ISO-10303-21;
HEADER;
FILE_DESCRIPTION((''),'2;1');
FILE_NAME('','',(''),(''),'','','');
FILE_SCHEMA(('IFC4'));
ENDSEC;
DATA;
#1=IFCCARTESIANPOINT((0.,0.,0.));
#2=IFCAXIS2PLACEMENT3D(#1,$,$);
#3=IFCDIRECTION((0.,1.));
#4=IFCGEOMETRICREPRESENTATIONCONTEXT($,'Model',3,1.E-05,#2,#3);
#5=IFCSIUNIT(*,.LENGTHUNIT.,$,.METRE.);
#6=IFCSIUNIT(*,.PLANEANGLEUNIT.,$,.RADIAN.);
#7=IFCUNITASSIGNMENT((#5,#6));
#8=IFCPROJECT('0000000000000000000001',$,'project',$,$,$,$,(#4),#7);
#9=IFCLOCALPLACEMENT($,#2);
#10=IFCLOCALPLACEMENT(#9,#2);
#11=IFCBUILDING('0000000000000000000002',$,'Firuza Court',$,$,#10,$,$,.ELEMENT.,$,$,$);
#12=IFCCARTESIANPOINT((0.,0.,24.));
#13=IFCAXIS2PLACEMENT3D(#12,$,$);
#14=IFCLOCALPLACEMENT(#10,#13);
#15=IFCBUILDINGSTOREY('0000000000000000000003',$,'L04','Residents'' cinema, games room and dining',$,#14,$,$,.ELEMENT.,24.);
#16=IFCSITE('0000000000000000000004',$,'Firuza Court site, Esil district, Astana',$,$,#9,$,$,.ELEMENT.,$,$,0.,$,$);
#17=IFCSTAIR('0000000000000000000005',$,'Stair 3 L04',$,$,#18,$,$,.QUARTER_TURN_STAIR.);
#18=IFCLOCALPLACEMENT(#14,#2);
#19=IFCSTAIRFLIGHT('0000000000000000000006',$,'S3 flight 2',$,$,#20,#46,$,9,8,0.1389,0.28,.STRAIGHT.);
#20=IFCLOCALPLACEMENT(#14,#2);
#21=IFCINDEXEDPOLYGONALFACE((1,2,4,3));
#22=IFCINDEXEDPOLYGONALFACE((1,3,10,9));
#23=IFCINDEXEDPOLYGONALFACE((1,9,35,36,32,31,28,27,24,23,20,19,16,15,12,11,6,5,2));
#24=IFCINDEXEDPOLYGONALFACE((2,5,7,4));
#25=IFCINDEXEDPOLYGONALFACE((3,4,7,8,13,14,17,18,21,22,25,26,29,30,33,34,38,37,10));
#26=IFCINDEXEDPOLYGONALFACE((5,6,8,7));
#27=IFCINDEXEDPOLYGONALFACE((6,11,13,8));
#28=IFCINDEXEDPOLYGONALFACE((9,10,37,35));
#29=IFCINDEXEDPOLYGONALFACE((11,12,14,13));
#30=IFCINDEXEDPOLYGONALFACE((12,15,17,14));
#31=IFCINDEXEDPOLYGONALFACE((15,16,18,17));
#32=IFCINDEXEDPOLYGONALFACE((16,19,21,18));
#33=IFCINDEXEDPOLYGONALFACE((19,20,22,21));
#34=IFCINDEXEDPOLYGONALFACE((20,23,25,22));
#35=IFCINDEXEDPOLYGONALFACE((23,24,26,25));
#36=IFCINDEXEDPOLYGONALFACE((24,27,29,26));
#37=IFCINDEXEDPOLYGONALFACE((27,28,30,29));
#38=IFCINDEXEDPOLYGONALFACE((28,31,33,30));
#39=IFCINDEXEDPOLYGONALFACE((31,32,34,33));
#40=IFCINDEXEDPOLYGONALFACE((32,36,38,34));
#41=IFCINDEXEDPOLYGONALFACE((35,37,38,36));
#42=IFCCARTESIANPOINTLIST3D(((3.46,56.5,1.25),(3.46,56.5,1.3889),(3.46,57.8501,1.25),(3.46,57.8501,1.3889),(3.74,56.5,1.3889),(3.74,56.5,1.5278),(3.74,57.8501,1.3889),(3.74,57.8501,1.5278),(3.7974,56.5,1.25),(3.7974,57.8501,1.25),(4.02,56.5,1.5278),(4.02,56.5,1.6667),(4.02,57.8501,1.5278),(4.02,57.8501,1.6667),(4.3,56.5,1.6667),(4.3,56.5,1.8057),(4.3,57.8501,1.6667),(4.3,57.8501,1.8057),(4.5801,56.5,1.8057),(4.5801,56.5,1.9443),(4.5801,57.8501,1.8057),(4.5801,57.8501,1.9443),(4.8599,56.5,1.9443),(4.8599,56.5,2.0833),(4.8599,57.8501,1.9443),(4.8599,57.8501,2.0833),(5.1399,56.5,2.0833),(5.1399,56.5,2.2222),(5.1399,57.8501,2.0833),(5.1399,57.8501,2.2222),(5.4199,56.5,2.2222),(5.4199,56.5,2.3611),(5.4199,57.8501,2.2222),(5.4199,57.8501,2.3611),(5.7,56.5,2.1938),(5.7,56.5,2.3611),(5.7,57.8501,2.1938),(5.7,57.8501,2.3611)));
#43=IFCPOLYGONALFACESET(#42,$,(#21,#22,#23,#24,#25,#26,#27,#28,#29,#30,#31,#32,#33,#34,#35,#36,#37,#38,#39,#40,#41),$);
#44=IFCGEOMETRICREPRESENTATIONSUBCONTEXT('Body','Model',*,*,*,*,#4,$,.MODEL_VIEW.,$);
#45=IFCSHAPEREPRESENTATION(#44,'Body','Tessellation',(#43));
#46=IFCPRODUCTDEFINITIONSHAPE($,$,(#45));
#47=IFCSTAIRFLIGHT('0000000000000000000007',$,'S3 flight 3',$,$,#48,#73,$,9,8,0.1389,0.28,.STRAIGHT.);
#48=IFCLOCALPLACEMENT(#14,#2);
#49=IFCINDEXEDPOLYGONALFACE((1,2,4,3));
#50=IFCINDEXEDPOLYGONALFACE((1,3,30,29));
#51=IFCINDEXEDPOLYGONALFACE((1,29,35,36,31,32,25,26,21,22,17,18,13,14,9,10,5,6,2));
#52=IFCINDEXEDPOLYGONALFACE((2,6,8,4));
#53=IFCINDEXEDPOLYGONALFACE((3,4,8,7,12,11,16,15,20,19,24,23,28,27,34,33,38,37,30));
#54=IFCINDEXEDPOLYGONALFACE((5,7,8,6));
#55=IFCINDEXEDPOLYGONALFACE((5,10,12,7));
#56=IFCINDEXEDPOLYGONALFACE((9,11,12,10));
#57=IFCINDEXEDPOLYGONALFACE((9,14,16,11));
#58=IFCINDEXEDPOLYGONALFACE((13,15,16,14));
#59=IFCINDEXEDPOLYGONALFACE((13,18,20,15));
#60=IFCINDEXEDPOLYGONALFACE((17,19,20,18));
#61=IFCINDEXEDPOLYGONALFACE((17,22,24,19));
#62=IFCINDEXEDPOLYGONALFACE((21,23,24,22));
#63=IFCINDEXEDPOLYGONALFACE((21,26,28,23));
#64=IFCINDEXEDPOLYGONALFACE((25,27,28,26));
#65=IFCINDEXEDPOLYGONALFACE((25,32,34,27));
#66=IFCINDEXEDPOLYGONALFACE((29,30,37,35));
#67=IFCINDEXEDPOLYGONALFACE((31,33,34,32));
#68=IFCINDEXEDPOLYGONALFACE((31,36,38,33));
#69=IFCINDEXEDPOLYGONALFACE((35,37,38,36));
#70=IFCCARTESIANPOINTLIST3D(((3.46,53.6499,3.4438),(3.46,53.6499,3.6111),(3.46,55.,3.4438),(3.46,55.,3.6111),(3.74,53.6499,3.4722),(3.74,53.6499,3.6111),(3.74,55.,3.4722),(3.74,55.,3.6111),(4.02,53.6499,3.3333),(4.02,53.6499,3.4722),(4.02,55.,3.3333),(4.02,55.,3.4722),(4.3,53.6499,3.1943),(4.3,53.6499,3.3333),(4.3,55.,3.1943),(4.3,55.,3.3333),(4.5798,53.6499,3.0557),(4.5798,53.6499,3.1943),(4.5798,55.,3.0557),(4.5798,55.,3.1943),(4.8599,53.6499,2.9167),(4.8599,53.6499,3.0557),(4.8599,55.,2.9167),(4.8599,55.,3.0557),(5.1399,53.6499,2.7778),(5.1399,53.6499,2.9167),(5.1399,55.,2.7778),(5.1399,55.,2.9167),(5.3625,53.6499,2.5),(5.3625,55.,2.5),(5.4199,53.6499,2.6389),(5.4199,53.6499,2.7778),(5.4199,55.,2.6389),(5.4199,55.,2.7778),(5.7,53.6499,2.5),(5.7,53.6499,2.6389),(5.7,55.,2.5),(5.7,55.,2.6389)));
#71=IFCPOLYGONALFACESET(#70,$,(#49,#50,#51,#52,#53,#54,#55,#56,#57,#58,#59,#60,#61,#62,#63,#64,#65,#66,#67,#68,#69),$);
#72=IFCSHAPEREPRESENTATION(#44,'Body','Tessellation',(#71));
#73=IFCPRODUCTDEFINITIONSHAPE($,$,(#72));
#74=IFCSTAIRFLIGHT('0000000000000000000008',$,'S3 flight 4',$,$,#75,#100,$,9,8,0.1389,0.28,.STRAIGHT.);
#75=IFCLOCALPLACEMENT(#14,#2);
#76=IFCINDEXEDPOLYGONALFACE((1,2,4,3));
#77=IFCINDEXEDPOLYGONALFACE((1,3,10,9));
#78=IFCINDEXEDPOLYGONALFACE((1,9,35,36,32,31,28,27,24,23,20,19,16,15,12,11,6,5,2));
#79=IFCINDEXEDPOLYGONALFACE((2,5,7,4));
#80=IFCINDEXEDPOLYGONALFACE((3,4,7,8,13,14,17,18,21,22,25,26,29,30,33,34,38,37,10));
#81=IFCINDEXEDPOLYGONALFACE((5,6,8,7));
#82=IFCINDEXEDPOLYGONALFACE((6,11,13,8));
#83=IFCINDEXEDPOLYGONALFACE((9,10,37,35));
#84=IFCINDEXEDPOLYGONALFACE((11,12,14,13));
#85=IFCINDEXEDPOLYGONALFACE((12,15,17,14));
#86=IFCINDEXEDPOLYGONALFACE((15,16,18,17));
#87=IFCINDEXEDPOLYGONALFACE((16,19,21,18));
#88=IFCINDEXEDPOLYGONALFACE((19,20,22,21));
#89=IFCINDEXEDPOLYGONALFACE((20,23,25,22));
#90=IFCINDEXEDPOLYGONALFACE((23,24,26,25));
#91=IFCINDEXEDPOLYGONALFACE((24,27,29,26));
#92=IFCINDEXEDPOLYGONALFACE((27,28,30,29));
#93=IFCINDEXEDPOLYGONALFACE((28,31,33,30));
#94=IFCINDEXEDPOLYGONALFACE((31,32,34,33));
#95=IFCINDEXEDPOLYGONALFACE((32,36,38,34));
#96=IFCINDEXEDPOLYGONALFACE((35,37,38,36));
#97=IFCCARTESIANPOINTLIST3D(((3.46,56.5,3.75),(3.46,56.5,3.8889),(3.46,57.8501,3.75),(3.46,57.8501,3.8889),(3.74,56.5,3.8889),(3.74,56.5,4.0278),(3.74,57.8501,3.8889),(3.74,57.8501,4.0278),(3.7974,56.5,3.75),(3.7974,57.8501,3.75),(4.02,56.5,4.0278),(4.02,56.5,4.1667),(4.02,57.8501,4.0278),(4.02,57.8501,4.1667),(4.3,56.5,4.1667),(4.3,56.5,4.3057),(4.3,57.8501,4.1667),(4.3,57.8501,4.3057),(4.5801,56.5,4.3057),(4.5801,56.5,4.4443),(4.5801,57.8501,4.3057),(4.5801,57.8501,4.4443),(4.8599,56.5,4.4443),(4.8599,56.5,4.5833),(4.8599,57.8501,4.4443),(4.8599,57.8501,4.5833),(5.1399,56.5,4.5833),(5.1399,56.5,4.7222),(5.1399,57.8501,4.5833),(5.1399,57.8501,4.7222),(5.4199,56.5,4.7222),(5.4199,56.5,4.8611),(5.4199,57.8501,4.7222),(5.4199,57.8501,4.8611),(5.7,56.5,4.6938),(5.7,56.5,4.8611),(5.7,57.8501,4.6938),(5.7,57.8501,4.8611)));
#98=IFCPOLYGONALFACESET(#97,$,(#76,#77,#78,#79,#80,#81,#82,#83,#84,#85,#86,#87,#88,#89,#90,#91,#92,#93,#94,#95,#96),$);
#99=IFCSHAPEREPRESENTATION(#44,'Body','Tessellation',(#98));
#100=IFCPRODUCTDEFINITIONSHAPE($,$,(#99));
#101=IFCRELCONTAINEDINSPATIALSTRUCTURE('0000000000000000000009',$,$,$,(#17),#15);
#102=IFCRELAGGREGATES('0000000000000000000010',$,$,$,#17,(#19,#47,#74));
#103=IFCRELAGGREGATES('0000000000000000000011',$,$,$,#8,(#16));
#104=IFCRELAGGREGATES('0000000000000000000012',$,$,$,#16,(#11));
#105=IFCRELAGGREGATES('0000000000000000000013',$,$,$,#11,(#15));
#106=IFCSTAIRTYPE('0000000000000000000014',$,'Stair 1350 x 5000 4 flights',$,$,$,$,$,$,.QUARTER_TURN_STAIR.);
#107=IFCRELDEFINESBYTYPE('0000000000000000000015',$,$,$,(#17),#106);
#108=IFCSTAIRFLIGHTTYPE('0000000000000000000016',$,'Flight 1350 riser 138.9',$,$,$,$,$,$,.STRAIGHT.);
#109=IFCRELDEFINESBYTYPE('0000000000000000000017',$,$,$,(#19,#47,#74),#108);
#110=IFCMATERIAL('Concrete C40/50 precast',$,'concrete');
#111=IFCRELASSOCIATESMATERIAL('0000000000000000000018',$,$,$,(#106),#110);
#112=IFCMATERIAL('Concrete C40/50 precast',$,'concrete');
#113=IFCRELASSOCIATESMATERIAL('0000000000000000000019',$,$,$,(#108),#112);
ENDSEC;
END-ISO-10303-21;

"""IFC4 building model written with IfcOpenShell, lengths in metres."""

from ifc_helpers import new_model, si_unit, direction, frame, origin, place, context, subcontext, project, spatial, polyline, outline, extrude, material, type_object, element, aggregate, save


model = new_model("IFC4")

# Units and contexts
model_context = context("Model", 3, precision=1e-05, world=origin(), true_north=direction((0.0, 1.0)))
body_context = subcontext(model_context, "Body", "Model", "MODEL_VIEW")
ifc_project = project(units=[si_unit("LENGTHUNIT", "METRE"), si_unit("PLANEANGLEUNIT", "RADIAN")], contexts=[model_context])

# Site, building, storey
site_placement = place(None, origin())
site = spatial("IfcSite", under=ifc_project, at=site_placement, Name="Firuza Court site, Esil district, Astana", CompositionType="ELEMENT", RefElevation=0.0)
building_placement = place(site_placement, origin())
building = spatial("IfcBuilding", under=site, at=building_placement, Name="Firuza Court", CompositionType="ELEMENT")
storey_placement = place(building_placement, frame((0.0, 0.0, 24.0)))
storey = spatial("IfcBuildingStorey", under=building, at=storey_placement, Name="L04", Description="Residents' cinema, games room and dining", CompositionType="ELEMENT", Elevation=24.0)

# Stair, stair flights
ifc_material_1 = material(Name="Concrete C40/50 precast", Category="concrete")
stair_type = type_object("IfcStairType", Name="Stair 1350 x 5000 4 flights", PredefinedType="QUARTER_TURN_STAIR", material=ifc_material_1)
stair_placement = place(storey_placement, origin())
stair = element("IfcStair", 1, at=stair_placement, inside=storey, type_object=stair_type, Name="Stair 3 L04", PredefinedType="QUARTER_TURN_STAIR")
ifc_material_2 = material(Name="Concrete C40/50 precast", Category="concrete")
stair_flight_type = type_object("IfcStairFlightType", Name="Flight 1350 riser 138.9", PredefinedType="STRAIGHT", material=ifc_material_2)
stair_flight_1_placement = place(storey_placement, frame((3.46, 57.175, 1.25), z_axis=(0.0, 0.0, 1.0), x_axis=(1.0, 0.0, 0.0)))
stair_flight_1 = element("IfcStairFlight", 2, at=stair_flight_1_placement, type_object=stair_flight_type, Name="S3 flight 2", NumberOfRisers=9, NumberOfTreads=8, PredefinedType="STRAIGHT", RiserHeight=0.1389, TreadLength=0.28, context=body_context, shape_type="SweptSolid", body=[
    extrude(outline(polyline([(0.0, 0.0), (0.0, 0.1389), (0.28, 0.1389), (0.28, 0.2778), (0.5601, 0.2778), (0.5601, 0.4167), (0.8401, 0.4167), (0.8401, 0.5557), (1.1201, 0.5557), (1.1201, 0.6943), (1.3999, 0.6943), (1.3999, 0.8333), (1.6799, 0.8333), (1.6799, 0.9722), (1.96, 0.9722), (1.96, 1.1111), (2.24, 1.1111), (2.24, 1.25), (2.24, 0.9438), (0.3374, 0.0), (0.0, 0.0)])), frame((0.0, 0.675, 0.0), z_axis=(0.0, -1.0, 0.0), x_axis=(1.0, 0.0, 0.0)), (0.0, 0.0, 1.0), 1.3501),
])
stair_flight_2_placement = place(storey_placement, frame((5.7, 54.325, 2.5), z_axis=(0.0, 0.0, 1.0), x_axis=(-1.0, 0.0, 0.0)))
stair_flight_2 = element("IfcStairFlight", 3, at=stair_flight_2_placement, type_object=stair_flight_type, Name="S3 flight 3", NumberOfRisers=9, NumberOfTreads=8, PredefinedType="STRAIGHT", RiserHeight=0.1389, TreadLength=0.28, context=body_context, shape_type="SweptSolid", body=[
    extrude(outline(polyline([(0.0, 0.0), (0.0, 0.1389), (0.28, 0.1389), (0.28, 0.2778), (0.5601, 0.2778), (0.5601, 0.4167), (0.8401, 0.4167), (0.8401, 0.5557), (1.1201, 0.5557), (1.1201, 0.6943), (1.3999, 0.6943), (1.3999, 0.8333), (1.6799, 0.8333), (1.6799, 0.9722), (1.96, 0.9722), (1.96, 1.1111), (2.24, 1.1111), (2.24, 1.25), (2.24, 0.9438), (0.3374, 0.0), (0.0, 0.0)])), frame((0.0, 0.675, 0.0), z_axis=(0.0, -1.0, 0.0), x_axis=(1.0, 0.0, 0.0)), (0.0, 0.0, 1.0), 1.3501),
])
stair_flight_3_placement = place(storey_placement, frame((3.46, 57.175, 3.75), z_axis=(0.0, 0.0, 1.0), x_axis=(1.0, 0.0, 0.0)))
stair_flight_3 = element("IfcStairFlight", 4, at=stair_flight_3_placement, type_object=stair_flight_type, Name="S3 flight 4", NumberOfRisers=9, NumberOfTreads=8, PredefinedType="STRAIGHT", RiserHeight=0.1389, TreadLength=0.28, context=body_context, shape_type="SweptSolid", body=[
    extrude(outline(polyline([(0.0, 0.0), (0.0, 0.1389), (0.28, 0.1389), (0.28, 0.2778), (0.5601, 0.2778), (0.5601, 0.4167), (0.8401, 0.4167), (0.8401, 0.5557), (1.1201, 0.5557), (1.1201, 0.6943), (1.3999, 0.6943), (1.3999, 0.8333), (1.6799, 0.8333), (1.6799, 0.9722), (1.96, 0.9722), (1.96, 1.1111), (2.24, 1.1111), (2.24, 1.25), (2.24, 0.9438), (0.3374, 0.0), (0.0, 0.0)])), frame((0.0, 0.675, 0.0), z_axis=(0.0, -1.0, 0.0), x_axis=(1.0, 0.0, 0.0)), (0.0, 0.0, 1.0), 1.3501),
])
aggregate(stair, [stair_flight_1, stair_flight_2, stair_flight_3])

save(model, "model.ifc")
